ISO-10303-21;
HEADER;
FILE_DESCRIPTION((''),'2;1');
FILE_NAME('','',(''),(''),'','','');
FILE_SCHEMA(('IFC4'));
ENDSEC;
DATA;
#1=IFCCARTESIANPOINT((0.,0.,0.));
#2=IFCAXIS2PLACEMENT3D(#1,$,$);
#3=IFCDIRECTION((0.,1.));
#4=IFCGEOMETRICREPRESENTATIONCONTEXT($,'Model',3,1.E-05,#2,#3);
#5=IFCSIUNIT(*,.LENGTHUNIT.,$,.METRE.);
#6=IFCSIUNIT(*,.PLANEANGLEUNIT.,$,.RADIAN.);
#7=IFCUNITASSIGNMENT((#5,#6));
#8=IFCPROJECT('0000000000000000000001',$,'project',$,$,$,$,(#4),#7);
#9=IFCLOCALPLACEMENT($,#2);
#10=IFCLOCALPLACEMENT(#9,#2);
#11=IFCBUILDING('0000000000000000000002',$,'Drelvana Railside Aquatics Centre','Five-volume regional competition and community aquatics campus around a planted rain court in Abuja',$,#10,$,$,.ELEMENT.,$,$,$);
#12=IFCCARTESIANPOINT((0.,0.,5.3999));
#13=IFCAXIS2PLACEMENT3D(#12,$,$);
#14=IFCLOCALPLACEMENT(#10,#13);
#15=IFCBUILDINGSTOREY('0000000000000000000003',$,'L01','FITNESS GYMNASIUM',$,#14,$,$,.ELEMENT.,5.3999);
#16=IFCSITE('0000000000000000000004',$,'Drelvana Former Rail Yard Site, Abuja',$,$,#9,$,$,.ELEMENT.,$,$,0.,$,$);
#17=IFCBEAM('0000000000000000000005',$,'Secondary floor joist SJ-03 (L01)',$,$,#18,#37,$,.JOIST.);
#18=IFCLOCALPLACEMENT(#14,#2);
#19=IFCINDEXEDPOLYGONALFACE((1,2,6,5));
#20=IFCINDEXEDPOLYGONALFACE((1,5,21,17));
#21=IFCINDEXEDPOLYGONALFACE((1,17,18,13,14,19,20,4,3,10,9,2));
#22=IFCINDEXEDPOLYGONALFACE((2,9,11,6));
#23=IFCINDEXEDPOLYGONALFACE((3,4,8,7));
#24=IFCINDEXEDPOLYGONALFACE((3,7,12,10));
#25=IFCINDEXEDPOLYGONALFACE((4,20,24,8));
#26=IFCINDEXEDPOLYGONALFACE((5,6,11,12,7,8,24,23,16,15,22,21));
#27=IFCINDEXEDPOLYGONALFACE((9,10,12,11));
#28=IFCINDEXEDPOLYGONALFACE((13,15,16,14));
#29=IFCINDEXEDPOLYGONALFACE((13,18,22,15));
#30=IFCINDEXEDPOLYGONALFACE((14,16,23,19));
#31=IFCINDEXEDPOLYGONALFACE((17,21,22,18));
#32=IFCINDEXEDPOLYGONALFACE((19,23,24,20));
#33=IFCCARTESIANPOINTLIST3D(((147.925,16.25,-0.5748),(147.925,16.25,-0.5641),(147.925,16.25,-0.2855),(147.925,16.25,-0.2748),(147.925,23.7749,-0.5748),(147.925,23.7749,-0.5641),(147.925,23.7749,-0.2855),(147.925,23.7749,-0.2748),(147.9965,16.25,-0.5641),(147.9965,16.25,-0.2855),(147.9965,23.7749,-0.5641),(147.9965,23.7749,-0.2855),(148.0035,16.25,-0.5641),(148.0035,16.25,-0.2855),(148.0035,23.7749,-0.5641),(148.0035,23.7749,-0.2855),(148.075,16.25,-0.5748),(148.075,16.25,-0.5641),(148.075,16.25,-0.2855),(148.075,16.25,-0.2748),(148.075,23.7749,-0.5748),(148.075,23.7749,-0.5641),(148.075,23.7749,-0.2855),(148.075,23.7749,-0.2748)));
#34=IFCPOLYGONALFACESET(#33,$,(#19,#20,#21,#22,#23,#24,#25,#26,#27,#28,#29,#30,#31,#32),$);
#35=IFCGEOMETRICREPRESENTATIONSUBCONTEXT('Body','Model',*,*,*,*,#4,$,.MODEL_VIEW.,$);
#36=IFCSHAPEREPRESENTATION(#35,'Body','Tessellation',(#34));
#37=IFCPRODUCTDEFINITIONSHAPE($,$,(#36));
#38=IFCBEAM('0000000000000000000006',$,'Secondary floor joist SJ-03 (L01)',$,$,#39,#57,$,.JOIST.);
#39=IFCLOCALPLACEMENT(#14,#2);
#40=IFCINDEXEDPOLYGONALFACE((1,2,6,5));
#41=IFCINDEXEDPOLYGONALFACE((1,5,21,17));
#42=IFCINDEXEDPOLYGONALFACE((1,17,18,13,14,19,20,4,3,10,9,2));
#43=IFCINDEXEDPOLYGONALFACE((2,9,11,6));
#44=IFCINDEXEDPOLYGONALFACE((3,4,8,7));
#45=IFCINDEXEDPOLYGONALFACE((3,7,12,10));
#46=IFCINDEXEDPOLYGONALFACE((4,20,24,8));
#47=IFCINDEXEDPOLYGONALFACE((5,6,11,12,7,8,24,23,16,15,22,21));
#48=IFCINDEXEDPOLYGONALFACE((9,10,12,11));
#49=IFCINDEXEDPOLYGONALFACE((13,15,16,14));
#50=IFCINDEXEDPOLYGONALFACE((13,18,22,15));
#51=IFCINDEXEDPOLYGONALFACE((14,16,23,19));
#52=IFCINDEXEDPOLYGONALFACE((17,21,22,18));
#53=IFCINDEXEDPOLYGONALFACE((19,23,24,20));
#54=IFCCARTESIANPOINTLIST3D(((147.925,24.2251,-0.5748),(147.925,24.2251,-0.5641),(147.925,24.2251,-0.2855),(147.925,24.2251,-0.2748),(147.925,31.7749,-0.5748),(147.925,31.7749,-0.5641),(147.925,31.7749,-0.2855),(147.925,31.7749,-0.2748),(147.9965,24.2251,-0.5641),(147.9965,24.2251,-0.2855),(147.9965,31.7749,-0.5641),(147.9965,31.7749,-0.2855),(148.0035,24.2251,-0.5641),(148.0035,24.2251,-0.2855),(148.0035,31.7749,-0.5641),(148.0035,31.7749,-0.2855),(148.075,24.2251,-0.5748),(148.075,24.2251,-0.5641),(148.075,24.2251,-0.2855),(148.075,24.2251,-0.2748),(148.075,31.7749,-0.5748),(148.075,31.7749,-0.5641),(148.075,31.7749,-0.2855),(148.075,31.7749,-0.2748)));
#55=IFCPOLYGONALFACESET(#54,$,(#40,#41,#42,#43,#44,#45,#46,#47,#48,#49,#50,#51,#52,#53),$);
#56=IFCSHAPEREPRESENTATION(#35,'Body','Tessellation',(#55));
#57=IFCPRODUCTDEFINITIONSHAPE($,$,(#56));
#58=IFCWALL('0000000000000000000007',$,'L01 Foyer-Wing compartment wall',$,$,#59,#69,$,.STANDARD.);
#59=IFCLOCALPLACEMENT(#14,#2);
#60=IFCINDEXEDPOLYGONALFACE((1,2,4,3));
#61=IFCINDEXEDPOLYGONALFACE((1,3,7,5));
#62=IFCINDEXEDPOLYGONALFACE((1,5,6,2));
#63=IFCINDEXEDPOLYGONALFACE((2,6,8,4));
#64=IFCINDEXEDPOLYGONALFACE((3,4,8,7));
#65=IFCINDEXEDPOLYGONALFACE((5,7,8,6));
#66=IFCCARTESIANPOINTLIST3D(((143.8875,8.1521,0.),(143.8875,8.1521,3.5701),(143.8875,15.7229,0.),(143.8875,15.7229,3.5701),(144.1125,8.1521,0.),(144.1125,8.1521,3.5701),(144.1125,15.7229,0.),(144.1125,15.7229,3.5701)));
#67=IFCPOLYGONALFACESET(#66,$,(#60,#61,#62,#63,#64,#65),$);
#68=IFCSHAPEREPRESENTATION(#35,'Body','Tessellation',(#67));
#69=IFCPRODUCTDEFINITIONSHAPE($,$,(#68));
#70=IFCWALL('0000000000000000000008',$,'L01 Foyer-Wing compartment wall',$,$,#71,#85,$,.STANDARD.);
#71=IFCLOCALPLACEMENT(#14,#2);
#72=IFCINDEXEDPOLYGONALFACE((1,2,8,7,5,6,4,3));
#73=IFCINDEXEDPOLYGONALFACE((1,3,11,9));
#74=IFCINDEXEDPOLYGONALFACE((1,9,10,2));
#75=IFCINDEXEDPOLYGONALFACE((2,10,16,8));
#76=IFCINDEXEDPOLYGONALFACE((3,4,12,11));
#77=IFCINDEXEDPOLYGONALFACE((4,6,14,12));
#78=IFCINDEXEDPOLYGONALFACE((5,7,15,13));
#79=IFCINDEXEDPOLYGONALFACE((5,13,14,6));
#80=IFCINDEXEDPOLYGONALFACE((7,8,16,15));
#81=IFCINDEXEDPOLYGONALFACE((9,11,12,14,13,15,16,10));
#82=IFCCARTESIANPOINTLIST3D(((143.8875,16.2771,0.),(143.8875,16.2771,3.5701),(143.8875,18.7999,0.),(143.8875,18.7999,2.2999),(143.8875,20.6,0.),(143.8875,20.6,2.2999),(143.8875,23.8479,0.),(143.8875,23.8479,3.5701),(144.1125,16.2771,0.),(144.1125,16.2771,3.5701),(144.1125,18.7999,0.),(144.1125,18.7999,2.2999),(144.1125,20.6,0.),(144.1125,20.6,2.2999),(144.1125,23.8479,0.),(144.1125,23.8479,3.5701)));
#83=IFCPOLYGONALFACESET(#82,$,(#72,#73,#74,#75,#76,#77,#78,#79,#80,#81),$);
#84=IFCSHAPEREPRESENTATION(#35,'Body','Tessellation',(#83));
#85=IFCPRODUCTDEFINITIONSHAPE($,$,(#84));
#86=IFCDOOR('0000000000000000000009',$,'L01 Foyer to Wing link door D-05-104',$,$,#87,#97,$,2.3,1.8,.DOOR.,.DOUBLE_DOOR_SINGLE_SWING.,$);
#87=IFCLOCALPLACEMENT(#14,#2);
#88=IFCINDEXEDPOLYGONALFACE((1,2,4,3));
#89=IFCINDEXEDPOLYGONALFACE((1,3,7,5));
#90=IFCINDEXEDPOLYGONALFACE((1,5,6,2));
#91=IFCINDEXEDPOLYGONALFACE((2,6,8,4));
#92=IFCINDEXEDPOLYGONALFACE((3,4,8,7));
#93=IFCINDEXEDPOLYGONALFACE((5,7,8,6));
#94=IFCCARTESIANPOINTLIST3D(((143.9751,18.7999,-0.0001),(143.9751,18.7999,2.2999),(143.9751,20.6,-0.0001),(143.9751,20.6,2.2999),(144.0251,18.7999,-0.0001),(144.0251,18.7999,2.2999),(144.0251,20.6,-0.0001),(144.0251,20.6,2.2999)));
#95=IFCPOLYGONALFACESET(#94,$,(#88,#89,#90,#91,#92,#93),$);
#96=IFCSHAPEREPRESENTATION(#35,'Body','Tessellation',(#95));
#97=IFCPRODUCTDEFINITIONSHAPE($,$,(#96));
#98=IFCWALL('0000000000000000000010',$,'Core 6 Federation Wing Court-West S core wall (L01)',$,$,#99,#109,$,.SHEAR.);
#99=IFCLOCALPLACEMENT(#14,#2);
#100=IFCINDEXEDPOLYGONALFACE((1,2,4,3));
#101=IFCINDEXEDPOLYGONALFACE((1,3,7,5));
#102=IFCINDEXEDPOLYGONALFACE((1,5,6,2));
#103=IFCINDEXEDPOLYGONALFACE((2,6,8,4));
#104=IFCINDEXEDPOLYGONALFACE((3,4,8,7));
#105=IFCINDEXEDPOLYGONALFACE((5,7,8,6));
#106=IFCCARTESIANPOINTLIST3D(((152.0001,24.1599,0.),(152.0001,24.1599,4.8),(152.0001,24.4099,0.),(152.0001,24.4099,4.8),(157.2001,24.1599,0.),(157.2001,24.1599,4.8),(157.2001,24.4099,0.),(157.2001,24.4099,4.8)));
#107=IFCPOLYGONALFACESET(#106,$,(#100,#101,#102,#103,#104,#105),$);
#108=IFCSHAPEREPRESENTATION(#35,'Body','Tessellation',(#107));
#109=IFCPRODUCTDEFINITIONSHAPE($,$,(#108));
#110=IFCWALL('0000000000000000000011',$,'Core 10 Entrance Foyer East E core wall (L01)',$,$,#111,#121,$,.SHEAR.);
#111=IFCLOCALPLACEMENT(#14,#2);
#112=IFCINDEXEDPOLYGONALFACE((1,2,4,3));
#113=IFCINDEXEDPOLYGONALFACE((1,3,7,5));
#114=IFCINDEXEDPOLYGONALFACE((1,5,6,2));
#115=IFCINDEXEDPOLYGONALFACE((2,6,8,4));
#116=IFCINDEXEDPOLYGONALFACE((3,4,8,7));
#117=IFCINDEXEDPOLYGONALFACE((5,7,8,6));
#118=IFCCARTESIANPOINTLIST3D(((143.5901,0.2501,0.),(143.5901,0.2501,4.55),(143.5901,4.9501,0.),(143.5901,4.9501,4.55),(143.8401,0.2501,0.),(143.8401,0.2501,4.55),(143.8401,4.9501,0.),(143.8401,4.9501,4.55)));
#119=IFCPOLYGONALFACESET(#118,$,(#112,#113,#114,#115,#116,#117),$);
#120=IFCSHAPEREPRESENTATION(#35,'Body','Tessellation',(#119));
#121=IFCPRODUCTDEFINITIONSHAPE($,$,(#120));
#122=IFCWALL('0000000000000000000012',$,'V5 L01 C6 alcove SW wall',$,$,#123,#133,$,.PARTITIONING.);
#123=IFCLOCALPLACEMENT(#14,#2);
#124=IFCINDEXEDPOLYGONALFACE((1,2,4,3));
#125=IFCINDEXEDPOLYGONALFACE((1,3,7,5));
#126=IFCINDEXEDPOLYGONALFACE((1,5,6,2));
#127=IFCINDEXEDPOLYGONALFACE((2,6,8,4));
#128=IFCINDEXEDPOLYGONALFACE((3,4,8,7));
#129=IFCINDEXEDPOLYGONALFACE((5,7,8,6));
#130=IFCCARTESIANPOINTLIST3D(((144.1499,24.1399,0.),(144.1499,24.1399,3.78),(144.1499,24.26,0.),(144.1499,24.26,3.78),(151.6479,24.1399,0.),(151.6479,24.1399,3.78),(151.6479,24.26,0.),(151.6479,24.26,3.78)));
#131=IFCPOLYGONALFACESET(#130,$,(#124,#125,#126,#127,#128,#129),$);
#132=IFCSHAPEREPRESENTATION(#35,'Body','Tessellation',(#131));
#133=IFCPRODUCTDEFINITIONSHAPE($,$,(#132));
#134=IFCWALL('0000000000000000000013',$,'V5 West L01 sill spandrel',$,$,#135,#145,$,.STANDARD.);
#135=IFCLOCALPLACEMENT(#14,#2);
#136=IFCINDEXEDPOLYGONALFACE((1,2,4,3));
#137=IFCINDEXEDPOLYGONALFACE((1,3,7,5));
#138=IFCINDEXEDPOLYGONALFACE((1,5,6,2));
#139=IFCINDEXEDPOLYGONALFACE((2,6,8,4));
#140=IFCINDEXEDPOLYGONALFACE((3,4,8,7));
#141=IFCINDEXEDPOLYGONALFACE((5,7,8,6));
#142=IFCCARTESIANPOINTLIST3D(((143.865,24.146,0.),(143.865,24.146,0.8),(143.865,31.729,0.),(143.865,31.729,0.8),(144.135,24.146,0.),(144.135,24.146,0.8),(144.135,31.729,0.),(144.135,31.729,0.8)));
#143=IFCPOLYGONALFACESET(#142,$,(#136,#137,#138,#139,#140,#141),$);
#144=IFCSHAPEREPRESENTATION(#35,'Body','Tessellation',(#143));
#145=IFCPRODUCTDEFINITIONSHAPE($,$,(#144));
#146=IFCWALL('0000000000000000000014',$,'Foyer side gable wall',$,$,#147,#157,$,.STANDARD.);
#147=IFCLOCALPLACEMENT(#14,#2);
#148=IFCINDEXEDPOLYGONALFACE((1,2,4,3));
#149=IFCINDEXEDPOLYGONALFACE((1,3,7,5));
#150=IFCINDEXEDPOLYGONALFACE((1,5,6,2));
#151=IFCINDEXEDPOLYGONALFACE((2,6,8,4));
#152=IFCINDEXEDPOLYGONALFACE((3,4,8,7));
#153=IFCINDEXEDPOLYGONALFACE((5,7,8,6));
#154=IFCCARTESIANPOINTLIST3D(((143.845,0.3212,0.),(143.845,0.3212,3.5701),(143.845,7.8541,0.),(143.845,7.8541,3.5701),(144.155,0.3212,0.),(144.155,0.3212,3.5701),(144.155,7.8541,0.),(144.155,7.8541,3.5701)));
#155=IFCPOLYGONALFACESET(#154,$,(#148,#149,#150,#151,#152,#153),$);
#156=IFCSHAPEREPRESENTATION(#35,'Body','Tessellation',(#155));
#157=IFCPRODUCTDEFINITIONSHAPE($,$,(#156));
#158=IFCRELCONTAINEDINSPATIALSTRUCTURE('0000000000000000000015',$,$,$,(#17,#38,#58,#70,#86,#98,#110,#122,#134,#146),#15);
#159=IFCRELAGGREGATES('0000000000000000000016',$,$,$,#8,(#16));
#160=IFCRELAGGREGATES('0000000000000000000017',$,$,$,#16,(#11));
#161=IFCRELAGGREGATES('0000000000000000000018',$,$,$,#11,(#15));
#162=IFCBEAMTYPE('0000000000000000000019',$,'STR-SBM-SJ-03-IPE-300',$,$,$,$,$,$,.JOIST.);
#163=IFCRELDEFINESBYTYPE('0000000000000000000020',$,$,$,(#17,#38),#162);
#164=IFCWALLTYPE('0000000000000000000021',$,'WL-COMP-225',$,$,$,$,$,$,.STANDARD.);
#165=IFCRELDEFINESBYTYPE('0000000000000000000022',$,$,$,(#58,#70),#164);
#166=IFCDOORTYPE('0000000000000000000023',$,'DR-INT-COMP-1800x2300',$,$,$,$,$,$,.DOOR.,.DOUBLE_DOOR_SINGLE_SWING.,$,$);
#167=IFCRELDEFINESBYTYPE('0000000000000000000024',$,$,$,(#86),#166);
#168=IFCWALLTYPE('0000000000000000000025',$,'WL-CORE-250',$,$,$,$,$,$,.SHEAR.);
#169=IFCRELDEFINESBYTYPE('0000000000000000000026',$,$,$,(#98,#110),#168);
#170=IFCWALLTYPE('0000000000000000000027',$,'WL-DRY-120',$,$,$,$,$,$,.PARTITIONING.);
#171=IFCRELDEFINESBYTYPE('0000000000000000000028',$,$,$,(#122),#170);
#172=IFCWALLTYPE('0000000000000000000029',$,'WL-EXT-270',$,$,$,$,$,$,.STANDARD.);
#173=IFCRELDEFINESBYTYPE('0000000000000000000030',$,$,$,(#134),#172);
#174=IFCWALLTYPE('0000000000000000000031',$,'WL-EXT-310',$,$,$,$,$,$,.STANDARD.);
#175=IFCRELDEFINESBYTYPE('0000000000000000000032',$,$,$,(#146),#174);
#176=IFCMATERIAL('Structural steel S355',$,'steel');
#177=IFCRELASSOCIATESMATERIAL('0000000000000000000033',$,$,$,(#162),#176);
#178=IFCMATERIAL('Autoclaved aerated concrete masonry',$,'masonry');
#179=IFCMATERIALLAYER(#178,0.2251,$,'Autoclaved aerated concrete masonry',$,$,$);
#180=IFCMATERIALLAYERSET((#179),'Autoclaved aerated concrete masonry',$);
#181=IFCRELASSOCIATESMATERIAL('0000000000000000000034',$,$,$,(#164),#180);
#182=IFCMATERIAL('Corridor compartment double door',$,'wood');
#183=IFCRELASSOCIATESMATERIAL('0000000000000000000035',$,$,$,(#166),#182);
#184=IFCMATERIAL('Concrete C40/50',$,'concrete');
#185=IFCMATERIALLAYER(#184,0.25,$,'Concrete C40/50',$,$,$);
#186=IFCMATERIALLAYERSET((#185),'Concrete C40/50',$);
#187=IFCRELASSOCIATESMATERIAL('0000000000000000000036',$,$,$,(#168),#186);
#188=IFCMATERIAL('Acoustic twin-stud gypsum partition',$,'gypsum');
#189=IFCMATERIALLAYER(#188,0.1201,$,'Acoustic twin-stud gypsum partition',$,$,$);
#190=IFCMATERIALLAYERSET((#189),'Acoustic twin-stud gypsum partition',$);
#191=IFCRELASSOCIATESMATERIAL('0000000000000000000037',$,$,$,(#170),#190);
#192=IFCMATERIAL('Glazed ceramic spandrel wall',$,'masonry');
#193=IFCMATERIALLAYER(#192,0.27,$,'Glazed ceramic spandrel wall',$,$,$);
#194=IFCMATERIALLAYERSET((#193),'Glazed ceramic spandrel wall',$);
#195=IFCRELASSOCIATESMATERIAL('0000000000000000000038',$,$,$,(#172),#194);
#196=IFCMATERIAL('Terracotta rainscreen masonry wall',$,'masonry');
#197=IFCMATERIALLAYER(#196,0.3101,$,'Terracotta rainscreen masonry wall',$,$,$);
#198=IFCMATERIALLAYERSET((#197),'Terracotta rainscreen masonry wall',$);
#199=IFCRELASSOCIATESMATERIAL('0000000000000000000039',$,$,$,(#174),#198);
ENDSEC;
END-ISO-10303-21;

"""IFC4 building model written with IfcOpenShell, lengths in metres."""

from ifc_helpers import new_model, si_unit, direction, frame, frame_2d, origin, origin_2d, place, context, subcontext, project, spatial, rectangle, i_section, extrude, material, layer, layer_set, material_profile, profile_set, type_object, element, fill, save


model = new_model("IFC4")

# Units and contexts
model_context = context("Model", 3, precision=1e-05, world=origin(), true_north=direction((0.0, 1.0)))
body_context = subcontext(model_context, "Body", "Model", "MODEL_VIEW")
ifc_project = project(units=[si_unit("LENGTHUNIT", "METRE"), si_unit("PLANEANGLEUNIT", "RADIAN")], contexts=[model_context])

# Site, building, storey
site_placement = place(None, origin())
site = spatial("IfcSite", under=ifc_project, at=site_placement, Name="Drelvana Former Rail Yard Site, Abuja", CompositionType="ELEMENT", RefElevation=0.0)
building_placement = place(site_placement, origin())
building = spatial("IfcBuilding", under=site, at=building_placement, Name="Drelvana Railside Aquatics Centre", Description="Five-volume regional competition and community aquatics campus around a planted rain court in Abuja", CompositionType="ELEMENT")
storey_placement = place(building_placement, frame((0.0, 0.0, 5.3999)))
storey = spatial("IfcBuildingStorey", under=building, at=storey_placement, Name="L01", Description="FITNESS GYMNASIUM", CompositionType="ELEMENT", Elevation=5.3999)

# Shared definitions
ifc_material_1 = material(Name="Concrete C40/50", Category="concrete")
ifc_material_2 = material(Name="Structural steel S355", Category="steel")

# Beams
ifc_material_profile_1 = material_profile(ifc_material_2, i_section(OverallWidth=0.1499, OverallDepth=0.3, WebThickness=0.0071, FlangeThickness=0.0107, at=origin_2d()), Name="IPE 300")
ifc_profile_set_1 = profile_set([ifc_material_profile_1], Name="Structural steel S355")
beam_type_1 = type_object("IfcBeamType", Name="STR-SBM-SJ-03-IPE-300", PredefinedType="JOIST", material=ifc_profile_set_1)
beam_1_placement = place(storey_placement, frame((148.0, 16.25, -0.4248), z_axis=(0.0, 1.0, 0.0), x_axis=(-1.0, 0.0, 0.0)))
element("IfcBeam", 1, at=beam_1_placement, inside=storey, type_object=beam_type_1, Name="Secondary floor joist SJ-03 (L01)", PredefinedType="JOIST", context=body_context, shape_type="SweptSolid", body=[
    extrude(i_section(OverallWidth=0.1499, OverallDepth=0.3, WebThickness=0.0071, FlangeThickness=0.0107, at=origin_2d()), origin(), (0.0, 0.0, 1.0), 7.5249),
])
beam_2_placement = place(storey_placement, frame((148.0, 24.2251, -0.4248), z_axis=(0.0, 1.0, 0.0), x_axis=(-1.0, 0.0, 0.0)))
element("IfcBeam", 2, at=beam_2_placement, inside=storey, type_object=beam_type_1, Name="Secondary floor joist SJ-03 (L01)", PredefinedType="JOIST", context=body_context, shape_type="SweptSolid", body=[
    extrude(i_section(OverallWidth=0.1499, OverallDepth=0.3, WebThickness=0.0071, FlangeThickness=0.0107, at=origin_2d()), origin(), (0.0, 0.0, 1.0), 7.5498),
])

# Wall
ifc_material_3 = material(Name="Autoclaved aerated concrete masonry", Category="masonry")
ifc_layer_1 = layer(ifc_material_3, 0.2251, Name="Autoclaved aerated concrete masonry")
ifc_layer_set_1 = layer_set([ifc_layer_1], Name="Autoclaved aerated concrete masonry")
wall_type_1 = type_object("IfcWallType", Name="WL-COMP-225", PredefinedType="STANDARD", material=ifc_layer_set_1)
wall_1_placement = place(storey_placement, frame((144.0, 8.1521, 0.0), z_axis=(0.0, 0.0, 1.0), x_axis=(0.0, 1.0, 0.0)))
element("IfcWall", 3, at=wall_1_placement, inside=storey, type_object=wall_type_1, Name="L01 Foyer-Wing compartment wall", PredefinedType="STANDARD", context=body_context, shape_type="SweptSolid", body=[
    extrude(rectangle(XDim=7.5708, YDim=0.2251, at=frame_2d((3.7854, 0.0))), origin(), (0.0, 0.0, 1.0), 3.5701),
])

# Wall, opening, door
wall_2_placement = place(storey_placement, frame((144.0, 16.2771, 0.0), z_axis=(0.0, 0.0, 1.0), x_axis=(0.0, 1.0, 0.0)))
wall_2 = element("IfcWall", 4, at=wall_2_placement, inside=storey, type_object=wall_type_1, Name="L01 Foyer-Wing compartment wall", PredefinedType="STANDARD", context=body_context, shape_type="SweptSolid", body=[
    extrude(rectangle(XDim=7.5708, YDim=0.2251, at=frame_2d((3.7854, 0.0))), origin(), (0.0, 0.0, 1.0), 3.5701),
])
opening_1_placement = place(wall_2_placement, frame((2.5229, 0.0, 0.0)))
opening_1 = element("IfcOpeningElement", 5, at=opening_1_placement, cuts=wall_2, PredefinedType="OPENING", context=body_context, shape_type="SweptSolid", body=[
    extrude(rectangle(XDim=1.8, YDim=2.3, at=frame_2d((0.8999, 1.1499))), frame((0.0, 0.1226, 0.0), z_axis=(0.0, -1.0, 0.0), x_axis=(1.0, 0.0, 0.0)), (0.0, 0.0, 1.0), 0.2451),
])
ifc_material_4 = material(Name="Corridor compartment double door", Category="wood")
door_type = type_object("IfcDoorType", Name="DR-INT-COMP-1800x2300", OperationType="DOUBLE_DOOR_SINGLE_SWING", PredefinedType="DOOR", material=ifc_material_4)
door_placement = place(opening_1_placement, origin())
door = element("IfcDoor", 6, at=door_placement, inside=storey, type_object=door_type, Name="L01 Foyer to Wing link door D-05-104", OperationType="DOUBLE_DOOR_SINGLE_SWING", OverallHeight=2.3, OverallWidth=1.8, PredefinedType="DOOR", context=body_context, shape_type="SweptSolid", body=[
    extrude(rectangle(XDim=1.8, YDim=2.3, at=frame_2d((0.8999, 1.1499))), frame((0.0, 0.0249, 0.0), z_axis=(0.0, -1.0, 0.0), x_axis=(1.0, 0.0, 0.0)), (0.0, 0.0, 1.0), 0.05),
])
fill(opening_1, door)

# Walls
ifc_layer_2 = layer(ifc_material_1, 0.25, Name="Concrete C40/50")
ifc_layer_set_2 = layer_set([ifc_layer_2], Name="Concrete C40/50")
wall_type_2 = type_object("IfcWallType", Name="WL-CORE-250", PredefinedType="SHEAR", material=ifc_layer_set_2)
wall_3_placement = place(storey_placement, frame((152.0, 24.2849, 0.0), z_axis=(0.0, 0.0, 1.0), x_axis=(1.0, 0.0, 0.0)))
element("IfcWall", 7, at=wall_3_placement, inside=storey, type_object=wall_type_2, Name="Core 6 Federation Wing Court-West S core wall (L01)", PredefinedType="SHEAR", context=body_context, shape_type="SweptSolid", body=[
    extrude(rectangle(XDim=5.2, YDim=0.25, at=frame_2d((2.6001, 0.0))), origin(), (0.0, 0.0, 1.0), 4.8),
])
wall_4_placement = place(storey_placement, frame((143.7151, 0.25, 0.0), z_axis=(0.0, 0.0, 1.0), x_axis=(0.0, 1.0, 0.0)))
element("IfcWall", 8, at=wall_4_placement, inside=storey, type_object=wall_type_2, Name="Core 10 Entrance Foyer East E core wall (L01)", PredefinedType="SHEAR", context=body_context, shape_type="SweptSolid", body=[
    extrude(rectangle(XDim=4.7, YDim=0.25, at=frame_2d((2.3501, 0.0))), origin(), (0.0, 0.0, 1.0), 4.55),
])
ifc_material_5 = material(Name="Acoustic twin-stud gypsum partition", Category="gypsum")
ifc_layer_3 = layer(ifc_material_5, 0.1201, Name="Acoustic twin-stud gypsum partition")
ifc_layer_set_3 = layer_set([ifc_layer_3], Name="Acoustic twin-stud gypsum partition")
wall_type_3 = type_object("IfcWallType", Name="WL-DRY-120", PredefinedType="PARTITIONING", material=ifc_layer_set_3)
wall_5_placement = place(storey_placement, frame((144.1499, 24.2, 0.0), z_axis=(0.0, 0.0, 1.0), x_axis=(1.0, 0.0, 0.0)))
element("IfcWall", 9, at=wall_5_placement, inside=storey, type_object=wall_type_3, Name="V5 L01 C6 alcove SW wall", PredefinedType="PARTITIONING", context=body_context, shape_type="SweptSolid", body=[
    extrude(rectangle(XDim=7.498, YDim=0.1201, at=frame_2d((3.749, 0.0))), origin(), (0.0, 0.0, 1.0), 3.78),
])
ifc_material_6 = material(Name="Glazed ceramic spandrel wall", Category="masonry")
ifc_layer_4 = layer(ifc_material_6, 0.27, Name="Glazed ceramic spandrel wall")
ifc_layer_set_4 = layer_set([ifc_layer_4], Name="Glazed ceramic spandrel wall")
wall_type_4 = type_object("IfcWallType", Name="WL-EXT-270", PredefinedType="STANDARD", material=ifc_layer_set_4)
wall_6_placement = place(storey_placement, frame((144.0, 24.146, 0.0), z_axis=(0.0, 0.0, 1.0), x_axis=(0.0, 1.0, 0.0)))
element("IfcWall", 10, at=wall_6_placement, inside=storey, type_object=wall_type_4, Name="V5 West L01 sill spandrel", PredefinedType="STANDARD", context=body_context, shape_type="SweptSolid", body=[
    extrude(rectangle(XDim=7.583, YDim=0.27, at=frame_2d((3.7915, 0.0))), origin(), (0.0, 0.0, 1.0), 0.8),
])
ifc_material_7 = material(Name="Terracotta rainscreen masonry wall", Category="masonry")
ifc_layer_5 = layer(ifc_material_7, 0.3101, Name="Terracotta rainscreen masonry wall")
ifc_layer_set_5 = layer_set([ifc_layer_5], Name="Terracotta rainscreen masonry wall")
wall_type_5 = type_object("IfcWallType", Name="WL-EXT-310", PredefinedType="STANDARD", material=ifc_layer_set_5)
wall_7_placement = place(storey_placement, frame((144.0, 0.321, 0.0), z_axis=(0.0, 0.0, 1.0), x_axis=(0.0, 1.0, 0.0)))
element("IfcWall", 11, at=wall_7_placement, inside=storey, type_object=wall_type_5, Name="Foyer side gable wall", PredefinedType="STANDARD", context=body_context, shape_type="SweptSolid", body=[
    extrude(rectangle(XDim=7.533, YDim=0.3101, at=frame_2d((3.7666, 0.0))), origin(), (0.0, 0.0, 1.0), 3.5701),
])

save(model, "model.ifc")
